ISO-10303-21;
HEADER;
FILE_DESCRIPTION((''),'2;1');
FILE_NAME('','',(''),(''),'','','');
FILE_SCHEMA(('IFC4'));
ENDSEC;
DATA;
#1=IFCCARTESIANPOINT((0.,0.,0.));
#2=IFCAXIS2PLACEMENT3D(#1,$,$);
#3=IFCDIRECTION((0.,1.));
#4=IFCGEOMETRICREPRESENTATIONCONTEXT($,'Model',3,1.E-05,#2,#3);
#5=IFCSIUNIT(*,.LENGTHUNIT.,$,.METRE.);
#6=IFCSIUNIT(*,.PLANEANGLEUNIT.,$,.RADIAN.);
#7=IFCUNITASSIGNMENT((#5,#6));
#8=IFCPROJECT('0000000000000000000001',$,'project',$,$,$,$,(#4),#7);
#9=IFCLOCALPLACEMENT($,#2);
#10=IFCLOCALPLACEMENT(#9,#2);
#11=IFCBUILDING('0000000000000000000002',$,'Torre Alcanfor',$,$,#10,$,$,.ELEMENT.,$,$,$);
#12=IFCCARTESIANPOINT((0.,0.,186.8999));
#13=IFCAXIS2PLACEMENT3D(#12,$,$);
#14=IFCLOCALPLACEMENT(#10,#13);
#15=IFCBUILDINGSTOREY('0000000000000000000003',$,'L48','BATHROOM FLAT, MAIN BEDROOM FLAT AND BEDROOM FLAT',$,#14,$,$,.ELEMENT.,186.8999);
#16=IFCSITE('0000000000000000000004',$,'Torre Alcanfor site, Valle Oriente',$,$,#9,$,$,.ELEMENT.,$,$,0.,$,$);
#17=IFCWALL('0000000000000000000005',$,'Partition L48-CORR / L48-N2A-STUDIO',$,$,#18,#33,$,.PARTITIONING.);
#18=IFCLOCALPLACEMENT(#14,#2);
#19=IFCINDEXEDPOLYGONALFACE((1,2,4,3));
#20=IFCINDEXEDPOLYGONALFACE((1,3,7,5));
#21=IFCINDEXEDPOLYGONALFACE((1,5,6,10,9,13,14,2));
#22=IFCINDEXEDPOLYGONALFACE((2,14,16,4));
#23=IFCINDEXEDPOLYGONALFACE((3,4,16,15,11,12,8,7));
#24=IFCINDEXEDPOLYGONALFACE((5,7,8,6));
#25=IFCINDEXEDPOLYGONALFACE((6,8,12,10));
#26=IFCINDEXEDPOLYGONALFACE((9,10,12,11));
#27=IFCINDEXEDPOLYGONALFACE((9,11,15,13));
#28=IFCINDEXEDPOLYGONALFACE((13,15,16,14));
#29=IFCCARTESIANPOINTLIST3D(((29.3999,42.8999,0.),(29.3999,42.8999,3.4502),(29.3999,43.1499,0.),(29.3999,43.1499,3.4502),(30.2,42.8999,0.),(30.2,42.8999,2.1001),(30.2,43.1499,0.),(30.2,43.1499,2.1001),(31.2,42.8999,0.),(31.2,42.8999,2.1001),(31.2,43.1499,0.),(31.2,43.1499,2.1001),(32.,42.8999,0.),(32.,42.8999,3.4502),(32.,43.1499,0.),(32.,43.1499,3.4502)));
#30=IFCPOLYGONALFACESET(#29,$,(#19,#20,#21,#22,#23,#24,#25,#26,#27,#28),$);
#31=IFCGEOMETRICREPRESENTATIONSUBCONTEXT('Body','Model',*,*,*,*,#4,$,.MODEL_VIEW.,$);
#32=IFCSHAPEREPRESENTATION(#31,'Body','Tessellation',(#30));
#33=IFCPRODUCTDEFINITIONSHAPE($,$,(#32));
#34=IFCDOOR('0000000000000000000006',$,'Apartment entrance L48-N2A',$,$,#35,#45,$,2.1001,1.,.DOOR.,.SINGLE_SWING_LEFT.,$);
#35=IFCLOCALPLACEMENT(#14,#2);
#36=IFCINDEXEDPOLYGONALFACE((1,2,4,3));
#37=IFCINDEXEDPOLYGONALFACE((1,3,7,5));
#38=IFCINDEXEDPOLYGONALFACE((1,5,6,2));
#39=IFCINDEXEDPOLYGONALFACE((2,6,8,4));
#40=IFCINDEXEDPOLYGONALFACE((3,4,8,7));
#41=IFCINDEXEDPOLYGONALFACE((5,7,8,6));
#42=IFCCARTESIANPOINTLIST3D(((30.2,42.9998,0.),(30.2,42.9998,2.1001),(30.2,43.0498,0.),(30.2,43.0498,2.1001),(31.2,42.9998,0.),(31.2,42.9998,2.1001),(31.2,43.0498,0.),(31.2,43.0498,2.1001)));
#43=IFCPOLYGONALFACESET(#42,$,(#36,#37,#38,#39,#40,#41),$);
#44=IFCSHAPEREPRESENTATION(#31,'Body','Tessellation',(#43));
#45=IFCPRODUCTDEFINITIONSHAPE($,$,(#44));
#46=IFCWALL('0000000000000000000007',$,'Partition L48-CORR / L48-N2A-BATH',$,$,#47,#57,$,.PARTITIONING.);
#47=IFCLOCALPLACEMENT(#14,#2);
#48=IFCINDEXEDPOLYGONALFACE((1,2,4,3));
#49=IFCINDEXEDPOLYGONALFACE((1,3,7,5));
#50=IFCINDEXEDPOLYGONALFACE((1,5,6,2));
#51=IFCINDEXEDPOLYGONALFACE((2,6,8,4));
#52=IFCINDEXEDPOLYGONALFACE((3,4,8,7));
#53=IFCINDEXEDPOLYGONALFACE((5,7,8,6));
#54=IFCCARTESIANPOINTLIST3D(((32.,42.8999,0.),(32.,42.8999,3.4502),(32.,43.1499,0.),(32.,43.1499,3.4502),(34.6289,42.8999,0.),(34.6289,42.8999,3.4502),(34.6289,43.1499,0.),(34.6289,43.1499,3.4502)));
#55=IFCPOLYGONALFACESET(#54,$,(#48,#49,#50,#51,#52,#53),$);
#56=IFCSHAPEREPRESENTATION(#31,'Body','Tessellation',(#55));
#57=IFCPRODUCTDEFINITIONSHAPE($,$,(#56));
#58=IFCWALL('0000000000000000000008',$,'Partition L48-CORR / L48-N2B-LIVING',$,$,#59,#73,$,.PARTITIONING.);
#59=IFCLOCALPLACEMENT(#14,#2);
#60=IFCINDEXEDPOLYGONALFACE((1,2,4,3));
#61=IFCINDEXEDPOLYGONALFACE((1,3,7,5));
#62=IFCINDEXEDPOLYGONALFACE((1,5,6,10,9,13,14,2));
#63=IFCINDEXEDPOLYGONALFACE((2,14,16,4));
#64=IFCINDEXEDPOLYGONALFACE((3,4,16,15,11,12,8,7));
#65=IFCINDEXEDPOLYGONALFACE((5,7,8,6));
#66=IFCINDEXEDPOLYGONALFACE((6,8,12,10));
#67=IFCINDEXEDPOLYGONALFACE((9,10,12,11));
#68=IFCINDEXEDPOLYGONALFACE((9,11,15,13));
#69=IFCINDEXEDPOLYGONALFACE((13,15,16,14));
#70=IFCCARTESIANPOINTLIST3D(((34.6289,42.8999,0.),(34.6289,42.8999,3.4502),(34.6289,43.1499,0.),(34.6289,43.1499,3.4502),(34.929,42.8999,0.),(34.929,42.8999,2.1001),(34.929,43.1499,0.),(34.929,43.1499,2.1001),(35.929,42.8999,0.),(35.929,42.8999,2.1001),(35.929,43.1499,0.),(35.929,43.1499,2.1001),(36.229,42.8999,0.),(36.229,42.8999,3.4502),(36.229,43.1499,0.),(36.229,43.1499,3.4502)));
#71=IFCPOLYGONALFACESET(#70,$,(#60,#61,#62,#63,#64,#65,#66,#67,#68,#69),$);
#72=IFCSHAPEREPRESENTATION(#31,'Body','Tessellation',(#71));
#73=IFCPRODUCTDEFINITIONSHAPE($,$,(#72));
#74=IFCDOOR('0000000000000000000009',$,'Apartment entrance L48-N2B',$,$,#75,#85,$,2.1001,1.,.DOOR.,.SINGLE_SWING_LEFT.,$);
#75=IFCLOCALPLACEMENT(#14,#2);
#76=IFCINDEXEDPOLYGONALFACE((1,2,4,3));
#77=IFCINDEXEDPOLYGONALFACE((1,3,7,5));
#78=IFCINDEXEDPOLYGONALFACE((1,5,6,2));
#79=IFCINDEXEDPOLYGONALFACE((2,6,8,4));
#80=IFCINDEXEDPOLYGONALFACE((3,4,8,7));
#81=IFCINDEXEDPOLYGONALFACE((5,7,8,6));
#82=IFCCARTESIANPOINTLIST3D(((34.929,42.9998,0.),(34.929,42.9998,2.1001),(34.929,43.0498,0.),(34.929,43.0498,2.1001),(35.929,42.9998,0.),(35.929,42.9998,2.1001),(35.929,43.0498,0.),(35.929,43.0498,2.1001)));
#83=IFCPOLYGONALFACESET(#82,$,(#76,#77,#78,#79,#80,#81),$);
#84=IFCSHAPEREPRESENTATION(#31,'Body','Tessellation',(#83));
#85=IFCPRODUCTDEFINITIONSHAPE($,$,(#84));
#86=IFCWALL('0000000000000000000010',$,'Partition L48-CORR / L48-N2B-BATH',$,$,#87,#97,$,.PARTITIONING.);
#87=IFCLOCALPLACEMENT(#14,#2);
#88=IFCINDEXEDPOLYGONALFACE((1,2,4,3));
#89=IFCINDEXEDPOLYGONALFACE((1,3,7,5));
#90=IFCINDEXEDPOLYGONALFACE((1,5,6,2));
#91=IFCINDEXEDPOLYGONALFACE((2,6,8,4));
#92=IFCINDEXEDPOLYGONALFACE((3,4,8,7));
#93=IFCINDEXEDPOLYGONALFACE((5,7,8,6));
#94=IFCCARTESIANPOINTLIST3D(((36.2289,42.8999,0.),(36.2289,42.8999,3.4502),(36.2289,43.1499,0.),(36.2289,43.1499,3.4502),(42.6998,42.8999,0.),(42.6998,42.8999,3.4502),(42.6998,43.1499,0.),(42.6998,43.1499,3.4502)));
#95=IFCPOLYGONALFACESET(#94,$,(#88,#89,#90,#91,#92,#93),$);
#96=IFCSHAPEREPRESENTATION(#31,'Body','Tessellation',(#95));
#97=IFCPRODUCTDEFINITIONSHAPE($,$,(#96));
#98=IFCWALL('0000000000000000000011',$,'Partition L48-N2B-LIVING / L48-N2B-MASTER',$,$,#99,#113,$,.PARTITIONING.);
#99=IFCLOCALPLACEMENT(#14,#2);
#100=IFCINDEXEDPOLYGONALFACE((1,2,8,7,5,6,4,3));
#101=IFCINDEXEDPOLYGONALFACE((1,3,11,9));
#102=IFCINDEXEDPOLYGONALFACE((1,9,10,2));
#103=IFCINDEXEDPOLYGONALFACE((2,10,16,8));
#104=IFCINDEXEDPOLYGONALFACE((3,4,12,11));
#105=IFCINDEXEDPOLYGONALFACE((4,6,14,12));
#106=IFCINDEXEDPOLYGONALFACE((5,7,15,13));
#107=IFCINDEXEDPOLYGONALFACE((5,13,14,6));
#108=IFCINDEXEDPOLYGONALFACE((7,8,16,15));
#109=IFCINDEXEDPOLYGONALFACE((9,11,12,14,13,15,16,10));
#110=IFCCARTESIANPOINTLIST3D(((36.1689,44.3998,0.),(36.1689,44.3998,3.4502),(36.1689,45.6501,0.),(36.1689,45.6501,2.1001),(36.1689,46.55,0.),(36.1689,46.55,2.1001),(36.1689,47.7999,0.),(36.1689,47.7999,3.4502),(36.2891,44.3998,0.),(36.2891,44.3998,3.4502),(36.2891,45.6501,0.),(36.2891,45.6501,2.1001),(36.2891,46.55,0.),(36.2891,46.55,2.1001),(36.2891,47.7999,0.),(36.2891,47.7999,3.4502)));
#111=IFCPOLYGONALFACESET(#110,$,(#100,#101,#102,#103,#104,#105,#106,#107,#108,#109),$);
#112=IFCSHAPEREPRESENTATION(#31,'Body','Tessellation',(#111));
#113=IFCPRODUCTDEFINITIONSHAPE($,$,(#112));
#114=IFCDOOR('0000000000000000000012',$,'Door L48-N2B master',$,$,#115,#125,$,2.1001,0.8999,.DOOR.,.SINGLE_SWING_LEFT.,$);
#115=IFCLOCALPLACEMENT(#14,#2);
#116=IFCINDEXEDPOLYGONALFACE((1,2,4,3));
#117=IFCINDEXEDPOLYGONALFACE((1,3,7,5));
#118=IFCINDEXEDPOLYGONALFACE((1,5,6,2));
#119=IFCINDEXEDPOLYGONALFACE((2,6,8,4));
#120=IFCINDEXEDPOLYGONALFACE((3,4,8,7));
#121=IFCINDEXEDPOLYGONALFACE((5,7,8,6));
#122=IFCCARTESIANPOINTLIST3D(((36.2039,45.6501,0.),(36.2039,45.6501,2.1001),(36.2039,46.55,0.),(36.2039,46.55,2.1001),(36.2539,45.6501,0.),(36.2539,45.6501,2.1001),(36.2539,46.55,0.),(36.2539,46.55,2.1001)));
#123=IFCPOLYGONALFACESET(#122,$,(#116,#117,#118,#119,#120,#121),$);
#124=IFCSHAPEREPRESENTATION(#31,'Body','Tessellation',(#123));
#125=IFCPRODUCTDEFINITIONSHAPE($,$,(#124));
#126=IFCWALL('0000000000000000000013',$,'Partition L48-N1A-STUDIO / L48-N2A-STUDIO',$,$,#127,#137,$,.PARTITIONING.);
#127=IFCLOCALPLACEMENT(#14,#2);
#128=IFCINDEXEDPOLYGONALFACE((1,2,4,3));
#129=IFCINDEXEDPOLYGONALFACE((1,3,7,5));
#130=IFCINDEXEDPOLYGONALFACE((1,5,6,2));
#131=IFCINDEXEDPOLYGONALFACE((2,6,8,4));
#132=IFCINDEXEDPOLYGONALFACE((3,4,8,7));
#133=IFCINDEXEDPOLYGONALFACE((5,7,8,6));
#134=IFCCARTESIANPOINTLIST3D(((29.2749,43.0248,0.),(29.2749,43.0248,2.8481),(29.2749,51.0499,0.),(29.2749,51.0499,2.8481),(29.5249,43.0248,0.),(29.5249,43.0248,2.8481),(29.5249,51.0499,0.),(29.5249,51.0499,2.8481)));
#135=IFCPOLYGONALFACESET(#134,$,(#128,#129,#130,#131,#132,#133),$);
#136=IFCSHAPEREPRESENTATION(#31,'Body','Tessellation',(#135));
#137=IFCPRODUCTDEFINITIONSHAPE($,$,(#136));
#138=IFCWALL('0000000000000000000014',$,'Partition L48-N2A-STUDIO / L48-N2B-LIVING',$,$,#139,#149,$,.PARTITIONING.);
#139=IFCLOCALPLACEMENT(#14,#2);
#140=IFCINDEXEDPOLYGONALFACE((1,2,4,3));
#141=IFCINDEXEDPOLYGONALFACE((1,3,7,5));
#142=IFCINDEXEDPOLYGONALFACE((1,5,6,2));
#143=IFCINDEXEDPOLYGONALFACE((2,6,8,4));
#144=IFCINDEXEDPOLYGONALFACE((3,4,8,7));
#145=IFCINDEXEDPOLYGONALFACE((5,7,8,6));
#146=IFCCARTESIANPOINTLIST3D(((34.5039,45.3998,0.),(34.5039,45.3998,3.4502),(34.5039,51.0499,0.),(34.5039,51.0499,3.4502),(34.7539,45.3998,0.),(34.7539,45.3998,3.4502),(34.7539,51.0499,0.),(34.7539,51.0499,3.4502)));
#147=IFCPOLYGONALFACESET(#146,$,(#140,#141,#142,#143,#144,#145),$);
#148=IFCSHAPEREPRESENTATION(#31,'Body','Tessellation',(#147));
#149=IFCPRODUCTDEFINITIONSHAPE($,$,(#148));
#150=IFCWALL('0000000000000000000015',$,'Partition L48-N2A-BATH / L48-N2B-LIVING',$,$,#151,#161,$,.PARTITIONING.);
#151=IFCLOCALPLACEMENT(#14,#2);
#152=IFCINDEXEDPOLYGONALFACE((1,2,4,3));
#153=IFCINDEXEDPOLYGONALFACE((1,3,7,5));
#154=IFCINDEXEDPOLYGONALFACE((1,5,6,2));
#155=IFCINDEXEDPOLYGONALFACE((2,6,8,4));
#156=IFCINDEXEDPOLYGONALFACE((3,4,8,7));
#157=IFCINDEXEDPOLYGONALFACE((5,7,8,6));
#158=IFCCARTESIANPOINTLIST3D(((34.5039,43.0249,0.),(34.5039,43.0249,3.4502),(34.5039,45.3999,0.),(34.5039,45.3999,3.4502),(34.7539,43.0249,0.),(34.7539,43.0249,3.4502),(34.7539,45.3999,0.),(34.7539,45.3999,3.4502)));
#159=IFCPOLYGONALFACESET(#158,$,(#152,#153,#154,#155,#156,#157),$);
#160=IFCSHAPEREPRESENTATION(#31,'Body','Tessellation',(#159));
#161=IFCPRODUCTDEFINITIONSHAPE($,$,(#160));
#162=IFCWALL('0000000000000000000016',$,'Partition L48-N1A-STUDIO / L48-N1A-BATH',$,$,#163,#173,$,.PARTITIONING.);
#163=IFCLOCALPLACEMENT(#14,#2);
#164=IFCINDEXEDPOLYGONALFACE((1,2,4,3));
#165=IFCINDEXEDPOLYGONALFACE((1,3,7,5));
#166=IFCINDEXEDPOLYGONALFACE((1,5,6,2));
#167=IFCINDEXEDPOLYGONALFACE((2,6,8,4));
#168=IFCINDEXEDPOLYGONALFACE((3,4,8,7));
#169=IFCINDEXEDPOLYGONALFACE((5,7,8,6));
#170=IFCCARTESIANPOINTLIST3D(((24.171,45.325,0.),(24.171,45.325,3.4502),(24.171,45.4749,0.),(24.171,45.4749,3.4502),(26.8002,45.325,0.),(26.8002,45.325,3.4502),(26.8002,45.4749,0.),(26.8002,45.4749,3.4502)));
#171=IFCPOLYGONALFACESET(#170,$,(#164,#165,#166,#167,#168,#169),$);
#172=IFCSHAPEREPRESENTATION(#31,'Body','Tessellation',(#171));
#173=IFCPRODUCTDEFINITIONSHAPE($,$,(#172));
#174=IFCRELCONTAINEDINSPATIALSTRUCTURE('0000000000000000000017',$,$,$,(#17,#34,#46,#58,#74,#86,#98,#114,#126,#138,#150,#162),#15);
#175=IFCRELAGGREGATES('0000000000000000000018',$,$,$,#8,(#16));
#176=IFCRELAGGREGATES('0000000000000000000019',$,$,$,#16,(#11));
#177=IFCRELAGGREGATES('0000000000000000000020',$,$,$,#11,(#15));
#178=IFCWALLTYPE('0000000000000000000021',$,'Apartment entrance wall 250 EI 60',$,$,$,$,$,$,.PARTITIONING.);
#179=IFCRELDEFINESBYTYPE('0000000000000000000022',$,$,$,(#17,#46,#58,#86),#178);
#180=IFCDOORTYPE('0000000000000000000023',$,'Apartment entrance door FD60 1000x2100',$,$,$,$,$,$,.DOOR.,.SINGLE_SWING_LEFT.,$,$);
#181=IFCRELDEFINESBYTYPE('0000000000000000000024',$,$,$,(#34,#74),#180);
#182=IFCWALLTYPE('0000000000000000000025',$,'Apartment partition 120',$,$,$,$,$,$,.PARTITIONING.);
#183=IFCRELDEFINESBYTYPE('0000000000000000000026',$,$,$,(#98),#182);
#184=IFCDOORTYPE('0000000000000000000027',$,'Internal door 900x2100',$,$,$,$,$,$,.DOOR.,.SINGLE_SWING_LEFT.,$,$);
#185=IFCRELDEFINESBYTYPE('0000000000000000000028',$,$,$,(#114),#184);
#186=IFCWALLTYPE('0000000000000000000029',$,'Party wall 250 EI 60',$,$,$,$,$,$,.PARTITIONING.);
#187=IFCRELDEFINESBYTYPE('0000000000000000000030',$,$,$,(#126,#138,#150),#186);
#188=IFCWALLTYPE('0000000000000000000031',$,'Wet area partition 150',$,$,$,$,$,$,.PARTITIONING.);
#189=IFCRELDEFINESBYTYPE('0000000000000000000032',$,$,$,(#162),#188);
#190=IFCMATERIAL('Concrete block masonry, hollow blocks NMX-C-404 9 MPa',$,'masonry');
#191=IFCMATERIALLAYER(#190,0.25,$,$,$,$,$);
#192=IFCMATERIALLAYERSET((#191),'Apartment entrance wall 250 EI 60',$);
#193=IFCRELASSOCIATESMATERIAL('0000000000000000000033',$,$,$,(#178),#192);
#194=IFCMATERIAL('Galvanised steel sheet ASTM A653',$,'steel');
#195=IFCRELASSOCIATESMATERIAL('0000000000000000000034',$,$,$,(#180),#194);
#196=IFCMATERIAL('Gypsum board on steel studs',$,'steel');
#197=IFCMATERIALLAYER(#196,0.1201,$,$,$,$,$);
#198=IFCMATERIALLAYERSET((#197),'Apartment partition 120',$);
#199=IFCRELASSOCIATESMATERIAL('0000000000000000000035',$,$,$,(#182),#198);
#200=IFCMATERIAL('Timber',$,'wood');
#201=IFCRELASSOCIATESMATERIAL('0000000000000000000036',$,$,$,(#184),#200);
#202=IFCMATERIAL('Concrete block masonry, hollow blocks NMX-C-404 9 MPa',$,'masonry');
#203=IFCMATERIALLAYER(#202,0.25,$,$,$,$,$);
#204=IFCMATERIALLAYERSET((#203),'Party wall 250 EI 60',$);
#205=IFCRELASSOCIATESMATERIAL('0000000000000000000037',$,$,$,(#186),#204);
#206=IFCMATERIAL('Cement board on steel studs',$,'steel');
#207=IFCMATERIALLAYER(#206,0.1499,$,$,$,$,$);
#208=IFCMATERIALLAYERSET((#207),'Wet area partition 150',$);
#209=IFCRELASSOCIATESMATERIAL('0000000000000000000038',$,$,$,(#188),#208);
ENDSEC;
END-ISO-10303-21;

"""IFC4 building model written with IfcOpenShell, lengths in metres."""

from ifc_helpers import new_model, si_unit, direction, frame, frame_2d, origin, place, context, subcontext, project, spatial, rectangle, extrude, material, layer, layer_set, type_object, element, fill, save


model = new_model("IFC4")

# Units and contexts
model_context = context("Model", 3, precision=1e-05, world=origin(), true_north=direction((0.0, 1.0)))
body_context = subcontext(model_context, "Body", "Model", "MODEL_VIEW")
ifc_project = project(units=[si_unit("LENGTHUNIT", "METRE"), si_unit("PLANEANGLEUNIT", "RADIAN")], contexts=[model_context])

# Site, building, storey
site_placement = place(None, origin())
site = spatial("IfcSite", under=ifc_project, at=site_placement, Name="Torre Alcanfor site, Valle Oriente", CompositionType="ELEMENT", RefElevation=0.0)
building_placement = place(site_placement, origin())
building = spatial("IfcBuilding", under=site, at=building_placement, Name="Torre Alcanfor", CompositionType="ELEMENT")
storey_placement = place(building_placement, frame((0.0, 0.0, 186.8999)))
storey = spatial("IfcBuildingStorey", under=building, at=storey_placement, Name="L48", Description="BATHROOM FLAT, MAIN BEDROOM FLAT AND BEDROOM FLAT", CompositionType="ELEMENT", Elevation=186.8999)

# Wall, opening, door
ifc_material_1 = material(Name="Concrete block masonry, hollow blocks NMX-C-404 9 MPa", Category="masonry")
ifc_layer_1 = layer(ifc_material_1, 0.25)
ifc_layer_set_1 = layer_set([ifc_layer_1], Name="Apartment entrance wall 250 EI 60")
wall_type_1 = type_object("IfcWallType", Name="Apartment entrance wall 250 EI 60", PredefinedType="PARTITIONING", material=ifc_layer_set_1)
wall_1_placement = place(storey_placement, frame((29.3999, 43.0249, 0.0), z_axis=(0.0, 0.0, 1.0), x_axis=(1.0, 0.0, 0.0)))
wall_1 = element("IfcWall", 1, at=wall_1_placement, inside=storey, type_object=wall_type_1, Name="Partition L48-CORR / L48-N2A-STUDIO", PredefinedType="PARTITIONING", context=body_context, shape_type="SweptSolid", body=[
    extrude(rectangle(XDim=2.6001, YDim=0.25, at=frame_2d((1.3, 0.0))), origin(), (0.0, 0.0, 1.0), 3.4502),
])
opening_1_placement = place(wall_1_placement, frame((0.8, 0.0, 0.0)))
opening_1 = element("IfcOpeningElement", 2, at=opening_1_placement, cuts=wall_1, PredefinedType="OPENING", context=body_context, shape_type="SweptSolid", body=[
    extrude(rectangle(XDim=1.0, YDim=2.1001, at=frame_2d((0.5, 1.05))), frame((0.0, 0.135, 0.0), z_axis=(0.0, -1.0, 0.0), x_axis=(1.0, 0.0, 0.0)), (0.0, 0.0, 1.0), 0.27),
])
ifc_material_2 = material(Name="Galvanised steel sheet ASTM A653", Category="steel")
door_type_1 = type_object("IfcDoorType", Name="Apartment entrance door FD60 1000x2100", OperationType="SINGLE_SWING_LEFT", PredefinedType="DOOR", material=ifc_material_2)
door_1_placement = place(opening_1_placement, origin())
door_1 = element("IfcDoor", 3, at=door_1_placement, inside=storey, type_object=door_type_1, Name="Apartment entrance L48-N2A", OperationType="SINGLE_SWING_LEFT", OverallHeight=2.1001, OverallWidth=1.0, PredefinedType="DOOR", context=body_context, shape_type="SweptSolid", body=[
    extrude(rectangle(XDim=1.0, YDim=2.1001, at=frame_2d((0.5, 1.05))), frame((0.0, 0.0249, 0.0), z_axis=(0.0, -1.0, 0.0), x_axis=(1.0, 0.0, 0.0)), (0.0, 0.0, 1.0), 0.05),
])
fill(opening_1, door_1)

# Wall
wall_2_placement = place(storey_placement, frame((32.0, 43.0249, 0.0), z_axis=(0.0, 0.0, 1.0), x_axis=(1.0, 0.0, 0.0)))
element("IfcWall", 4, at=wall_2_placement, inside=storey, type_object=wall_type_1, Name="Partition L48-CORR / L48-N2A-BATH", PredefinedType="PARTITIONING", context=body_context, shape_type="SweptSolid", body=[
    extrude(rectangle(XDim=2.6289, YDim=0.25, at=frame_2d((1.3145, 0.0))), origin(), (0.0, 0.0, 1.0), 3.4502),
])

# Wall, opening, door
wall_3_placement = place(storey_placement, frame((34.6289, 43.0249, 0.0), z_axis=(0.0, 0.0, 1.0), x_axis=(1.0, 0.0, 0.0)))
wall_3 = element("IfcWall", 5, at=wall_3_placement, inside=storey, type_object=wall_type_1, Name="Partition L48-CORR / L48-N2B-LIVING", PredefinedType="PARTITIONING", context=body_context, shape_type="SweptSolid", body=[
    extrude(rectangle(XDim=1.6001, YDim=0.25, at=frame_2d((0.8, 0.0))), origin(), (0.0, 0.0, 1.0), 3.4502),
])
opening_2_placement = place(wall_3_placement, frame((0.3, 0.0, 0.0)))
opening_2 = element("IfcOpeningElement", 6, at=opening_2_placement, cuts=wall_3, PredefinedType="OPENING", context=body_context, shape_type="SweptSolid", body=[
    extrude(rectangle(XDim=1.0, YDim=2.1001, at=frame_2d((0.5, 1.05))), frame((0.0, 0.135, 0.0), z_axis=(0.0, -1.0, 0.0), x_axis=(1.0, 0.0, 0.0)), (0.0, 0.0, 1.0), 0.27),
])
door_2_placement = place(opening_2_placement, origin())
door_2 = element("IfcDoor", 7, at=door_2_placement, inside=storey, type_object=door_type_1, Name="Apartment entrance L48-N2B", OperationType="SINGLE_SWING_LEFT", OverallHeight=2.1001, OverallWidth=1.0, PredefinedType="DOOR", context=body_context, shape_type="SweptSolid", body=[
    extrude(rectangle(XDim=1.0, YDim=2.1001, at=frame_2d((0.5, 1.05))), frame((0.0, 0.0249, 0.0), z_axis=(0.0, -1.0, 0.0), x_axis=(1.0, 0.0, 0.0)), (0.0, 0.0, 1.0), 0.05),
])
fill(opening_2, door_2)

# Wall
wall_4_placement = place(storey_placement, frame((36.229, 43.0249, 0.0), z_axis=(0.0, 0.0, 1.0), x_axis=(1.0, 0.0, 0.0)))
element("IfcWall", 8, at=wall_4_placement, inside=storey, type_object=wall_type_1, Name="Partition L48-CORR / L48-N2B-BATH", PredefinedType="PARTITIONING", context=body_context, shape_type="SweptSolid", body=[
    extrude(rectangle(XDim=6.4709, YDim=0.25, at=frame_2d((3.2354, 0.0))), origin(), (0.0, 0.0, 1.0), 3.4502),
])

# Wall, opening, door
ifc_material_3 = material(Name="Gypsum board on steel studs", Category="steel")
ifc_layer_2 = layer(ifc_material_3, 0.1201)
ifc_layer_set_2 = layer_set([ifc_layer_2], Name="Apartment partition 120")
wall_type_2 = type_object("IfcWallType", Name="Apartment partition 120", PredefinedType="PARTITIONING", material=ifc_layer_set_2)
wall_5_placement = place(storey_placement, frame((36.229, 47.8, 0.0), z_axis=(0.0, 0.0, 1.0), x_axis=(0.0, -1.0, 0.0)))
wall_5 = element("IfcWall", 9, at=wall_5_placement, inside=storey, type_object=wall_type_2, Name="Partition L48-N2B-LIVING / L48-N2B-MASTER", PredefinedType="PARTITIONING", context=body_context, shape_type="SweptSolid", body=[
    extrude(rectangle(XDim=3.4001, YDim=0.1201, at=frame_2d((1.7002, 0.0))), origin(), (0.0, 0.0, 1.0), 3.4502),
])
opening_3_placement = place(wall_5_placement, frame((1.25, 0.0, 0.0)))
opening_3 = element("IfcOpeningElement", 10, at=opening_3_placement, cuts=wall_5, PredefinedType="OPENING", context=body_context, shape_type="SweptSolid", body=[
    extrude(rectangle(XDim=0.8999, YDim=2.1001, at=frame_2d((0.45, 1.05))), frame((0.0, 0.0701, 0.0), z_axis=(0.0, -1.0, 0.0), x_axis=(1.0, 0.0, 0.0)), (0.0, 0.0, 1.0), 0.1401),
])
ifc_material_4 = material(Name="Timber", Category="wood")
door_type_2 = type_object("IfcDoorType", Name="Internal door 900x2100", OperationType="SINGLE_SWING_LEFT", PredefinedType="DOOR", material=ifc_material_4)
door_3_placement = place(opening_3_placement, origin())
door_3 = element("IfcDoor", 11, at=door_3_placement, inside=storey, type_object=door_type_2, Name="Door L48-N2B master", OperationType="SINGLE_SWING_LEFT", OverallHeight=2.1001, OverallWidth=0.8999, PredefinedType="DOOR", context=body_context, shape_type="SweptSolid", body=[
    extrude(rectangle(XDim=0.8999, YDim=2.1001, at=frame_2d((0.45, 1.05))), frame((0.0, 0.0249, 0.0), z_axis=(0.0, -1.0, 0.0), x_axis=(1.0, 0.0, 0.0)), (0.0, 0.0, 1.0), 0.05),
])
fill(opening_3, door_3)

# Walls
ifc_material_5 = material(Name="Concrete block masonry, hollow blocks NMX-C-404 9 MPa", Category="masonry")
ifc_layer_3 = layer(ifc_material_5, 0.25)
ifc_layer_set_3 = layer_set([ifc_layer_3], Name="Party wall 250 EI 60")
wall_type_3 = type_object("IfcWallType", Name="Party wall 250 EI 60", PredefinedType="PARTITIONING", material=ifc_layer_set_3)
wall_6_placement = place(storey_placement, frame((29.3999, 51.05, 0.0), z_axis=(0.0, 0.0, 1.0), x_axis=(0.0, -1.0, 0.0)))
element("IfcWall", 12, at=wall_6_placement, inside=storey, type_object=wall_type_3, Name="Partition L48-N1A-STUDIO / L48-N2A-STUDIO", PredefinedType="PARTITIONING", context=body_context, shape_type="SweptSolid", body=[
    extrude(rectangle(XDim=8.0251, YDim=0.25, at=frame_2d((4.0127, 0.0))), origin(), (0.0, 0.0, 1.0), 2.8481),
])
wall_7_placement = place(storey_placement, frame((34.6289, 51.05, 0.0), z_axis=(0.0, 0.0, 1.0), x_axis=(0.0, -1.0, 0.0)))
element("IfcWall", 13, at=wall_7_placement, inside=storey, type_object=wall_type_3, Name="Partition L48-N2A-STUDIO / L48-N2B-LIVING", PredefinedType="PARTITIONING", context=body_context, shape_type="SweptSolid", body=[
    extrude(rectangle(XDim=5.6501, YDim=0.25, at=frame_2d((2.8252, 0.0))), origin(), (0.0, 0.0, 1.0), 3.4502),
])
wall_8_placement = place(storey_placement, frame((34.6289, 45.3999, 0.0), z_axis=(0.0, 0.0, 1.0), x_axis=(0.0, -1.0, 0.0)))
element("IfcWall", 14, at=wall_8_placement, inside=storey, type_object=wall_type_3, Name="Partition L48-N2A-BATH / L48-N2B-LIVING", PredefinedType="PARTITIONING", context=body_context, shape_type="SweptSolid", body=[
    extrude(rectangle(XDim=2.375, YDim=0.25, at=frame_2d((1.1875, 0.0))), origin(), (0.0, 0.0, 1.0), 3.4502),
])
ifc_material_6 = material(Name="Cement board on steel studs", Category="steel")
ifc_layer_4 = layer(ifc_material_6, 0.1499)
ifc_layer_set_4 = layer_set([ifc_layer_4], Name="Wet area partition 150")
wall_type_4 = type_object("IfcWallType", Name="Wet area partition 150", PredefinedType="PARTITIONING", material=ifc_layer_set_4)
wall_9_placement = place(storey_placement, frame((26.8, 45.3999, 0.0), z_axis=(0.0, 0.0, 1.0), x_axis=(-1.0, 0.0, 0.0)))
element("IfcWall", 15, at=wall_9_placement, inside=storey, type_object=wall_type_4, Name="Partition L48-N1A-STUDIO / L48-N1A-BATH", PredefinedType="PARTITIONING", context=body_context, shape_type="SweptSolid", body=[
    extrude(rectangle(XDim=2.6292, YDim=0.1499, at=frame_2d((1.3145, 0.0))), origin(), (0.0, 0.0, 1.0), 3.4502),
])

save(model, "model.ifc")
